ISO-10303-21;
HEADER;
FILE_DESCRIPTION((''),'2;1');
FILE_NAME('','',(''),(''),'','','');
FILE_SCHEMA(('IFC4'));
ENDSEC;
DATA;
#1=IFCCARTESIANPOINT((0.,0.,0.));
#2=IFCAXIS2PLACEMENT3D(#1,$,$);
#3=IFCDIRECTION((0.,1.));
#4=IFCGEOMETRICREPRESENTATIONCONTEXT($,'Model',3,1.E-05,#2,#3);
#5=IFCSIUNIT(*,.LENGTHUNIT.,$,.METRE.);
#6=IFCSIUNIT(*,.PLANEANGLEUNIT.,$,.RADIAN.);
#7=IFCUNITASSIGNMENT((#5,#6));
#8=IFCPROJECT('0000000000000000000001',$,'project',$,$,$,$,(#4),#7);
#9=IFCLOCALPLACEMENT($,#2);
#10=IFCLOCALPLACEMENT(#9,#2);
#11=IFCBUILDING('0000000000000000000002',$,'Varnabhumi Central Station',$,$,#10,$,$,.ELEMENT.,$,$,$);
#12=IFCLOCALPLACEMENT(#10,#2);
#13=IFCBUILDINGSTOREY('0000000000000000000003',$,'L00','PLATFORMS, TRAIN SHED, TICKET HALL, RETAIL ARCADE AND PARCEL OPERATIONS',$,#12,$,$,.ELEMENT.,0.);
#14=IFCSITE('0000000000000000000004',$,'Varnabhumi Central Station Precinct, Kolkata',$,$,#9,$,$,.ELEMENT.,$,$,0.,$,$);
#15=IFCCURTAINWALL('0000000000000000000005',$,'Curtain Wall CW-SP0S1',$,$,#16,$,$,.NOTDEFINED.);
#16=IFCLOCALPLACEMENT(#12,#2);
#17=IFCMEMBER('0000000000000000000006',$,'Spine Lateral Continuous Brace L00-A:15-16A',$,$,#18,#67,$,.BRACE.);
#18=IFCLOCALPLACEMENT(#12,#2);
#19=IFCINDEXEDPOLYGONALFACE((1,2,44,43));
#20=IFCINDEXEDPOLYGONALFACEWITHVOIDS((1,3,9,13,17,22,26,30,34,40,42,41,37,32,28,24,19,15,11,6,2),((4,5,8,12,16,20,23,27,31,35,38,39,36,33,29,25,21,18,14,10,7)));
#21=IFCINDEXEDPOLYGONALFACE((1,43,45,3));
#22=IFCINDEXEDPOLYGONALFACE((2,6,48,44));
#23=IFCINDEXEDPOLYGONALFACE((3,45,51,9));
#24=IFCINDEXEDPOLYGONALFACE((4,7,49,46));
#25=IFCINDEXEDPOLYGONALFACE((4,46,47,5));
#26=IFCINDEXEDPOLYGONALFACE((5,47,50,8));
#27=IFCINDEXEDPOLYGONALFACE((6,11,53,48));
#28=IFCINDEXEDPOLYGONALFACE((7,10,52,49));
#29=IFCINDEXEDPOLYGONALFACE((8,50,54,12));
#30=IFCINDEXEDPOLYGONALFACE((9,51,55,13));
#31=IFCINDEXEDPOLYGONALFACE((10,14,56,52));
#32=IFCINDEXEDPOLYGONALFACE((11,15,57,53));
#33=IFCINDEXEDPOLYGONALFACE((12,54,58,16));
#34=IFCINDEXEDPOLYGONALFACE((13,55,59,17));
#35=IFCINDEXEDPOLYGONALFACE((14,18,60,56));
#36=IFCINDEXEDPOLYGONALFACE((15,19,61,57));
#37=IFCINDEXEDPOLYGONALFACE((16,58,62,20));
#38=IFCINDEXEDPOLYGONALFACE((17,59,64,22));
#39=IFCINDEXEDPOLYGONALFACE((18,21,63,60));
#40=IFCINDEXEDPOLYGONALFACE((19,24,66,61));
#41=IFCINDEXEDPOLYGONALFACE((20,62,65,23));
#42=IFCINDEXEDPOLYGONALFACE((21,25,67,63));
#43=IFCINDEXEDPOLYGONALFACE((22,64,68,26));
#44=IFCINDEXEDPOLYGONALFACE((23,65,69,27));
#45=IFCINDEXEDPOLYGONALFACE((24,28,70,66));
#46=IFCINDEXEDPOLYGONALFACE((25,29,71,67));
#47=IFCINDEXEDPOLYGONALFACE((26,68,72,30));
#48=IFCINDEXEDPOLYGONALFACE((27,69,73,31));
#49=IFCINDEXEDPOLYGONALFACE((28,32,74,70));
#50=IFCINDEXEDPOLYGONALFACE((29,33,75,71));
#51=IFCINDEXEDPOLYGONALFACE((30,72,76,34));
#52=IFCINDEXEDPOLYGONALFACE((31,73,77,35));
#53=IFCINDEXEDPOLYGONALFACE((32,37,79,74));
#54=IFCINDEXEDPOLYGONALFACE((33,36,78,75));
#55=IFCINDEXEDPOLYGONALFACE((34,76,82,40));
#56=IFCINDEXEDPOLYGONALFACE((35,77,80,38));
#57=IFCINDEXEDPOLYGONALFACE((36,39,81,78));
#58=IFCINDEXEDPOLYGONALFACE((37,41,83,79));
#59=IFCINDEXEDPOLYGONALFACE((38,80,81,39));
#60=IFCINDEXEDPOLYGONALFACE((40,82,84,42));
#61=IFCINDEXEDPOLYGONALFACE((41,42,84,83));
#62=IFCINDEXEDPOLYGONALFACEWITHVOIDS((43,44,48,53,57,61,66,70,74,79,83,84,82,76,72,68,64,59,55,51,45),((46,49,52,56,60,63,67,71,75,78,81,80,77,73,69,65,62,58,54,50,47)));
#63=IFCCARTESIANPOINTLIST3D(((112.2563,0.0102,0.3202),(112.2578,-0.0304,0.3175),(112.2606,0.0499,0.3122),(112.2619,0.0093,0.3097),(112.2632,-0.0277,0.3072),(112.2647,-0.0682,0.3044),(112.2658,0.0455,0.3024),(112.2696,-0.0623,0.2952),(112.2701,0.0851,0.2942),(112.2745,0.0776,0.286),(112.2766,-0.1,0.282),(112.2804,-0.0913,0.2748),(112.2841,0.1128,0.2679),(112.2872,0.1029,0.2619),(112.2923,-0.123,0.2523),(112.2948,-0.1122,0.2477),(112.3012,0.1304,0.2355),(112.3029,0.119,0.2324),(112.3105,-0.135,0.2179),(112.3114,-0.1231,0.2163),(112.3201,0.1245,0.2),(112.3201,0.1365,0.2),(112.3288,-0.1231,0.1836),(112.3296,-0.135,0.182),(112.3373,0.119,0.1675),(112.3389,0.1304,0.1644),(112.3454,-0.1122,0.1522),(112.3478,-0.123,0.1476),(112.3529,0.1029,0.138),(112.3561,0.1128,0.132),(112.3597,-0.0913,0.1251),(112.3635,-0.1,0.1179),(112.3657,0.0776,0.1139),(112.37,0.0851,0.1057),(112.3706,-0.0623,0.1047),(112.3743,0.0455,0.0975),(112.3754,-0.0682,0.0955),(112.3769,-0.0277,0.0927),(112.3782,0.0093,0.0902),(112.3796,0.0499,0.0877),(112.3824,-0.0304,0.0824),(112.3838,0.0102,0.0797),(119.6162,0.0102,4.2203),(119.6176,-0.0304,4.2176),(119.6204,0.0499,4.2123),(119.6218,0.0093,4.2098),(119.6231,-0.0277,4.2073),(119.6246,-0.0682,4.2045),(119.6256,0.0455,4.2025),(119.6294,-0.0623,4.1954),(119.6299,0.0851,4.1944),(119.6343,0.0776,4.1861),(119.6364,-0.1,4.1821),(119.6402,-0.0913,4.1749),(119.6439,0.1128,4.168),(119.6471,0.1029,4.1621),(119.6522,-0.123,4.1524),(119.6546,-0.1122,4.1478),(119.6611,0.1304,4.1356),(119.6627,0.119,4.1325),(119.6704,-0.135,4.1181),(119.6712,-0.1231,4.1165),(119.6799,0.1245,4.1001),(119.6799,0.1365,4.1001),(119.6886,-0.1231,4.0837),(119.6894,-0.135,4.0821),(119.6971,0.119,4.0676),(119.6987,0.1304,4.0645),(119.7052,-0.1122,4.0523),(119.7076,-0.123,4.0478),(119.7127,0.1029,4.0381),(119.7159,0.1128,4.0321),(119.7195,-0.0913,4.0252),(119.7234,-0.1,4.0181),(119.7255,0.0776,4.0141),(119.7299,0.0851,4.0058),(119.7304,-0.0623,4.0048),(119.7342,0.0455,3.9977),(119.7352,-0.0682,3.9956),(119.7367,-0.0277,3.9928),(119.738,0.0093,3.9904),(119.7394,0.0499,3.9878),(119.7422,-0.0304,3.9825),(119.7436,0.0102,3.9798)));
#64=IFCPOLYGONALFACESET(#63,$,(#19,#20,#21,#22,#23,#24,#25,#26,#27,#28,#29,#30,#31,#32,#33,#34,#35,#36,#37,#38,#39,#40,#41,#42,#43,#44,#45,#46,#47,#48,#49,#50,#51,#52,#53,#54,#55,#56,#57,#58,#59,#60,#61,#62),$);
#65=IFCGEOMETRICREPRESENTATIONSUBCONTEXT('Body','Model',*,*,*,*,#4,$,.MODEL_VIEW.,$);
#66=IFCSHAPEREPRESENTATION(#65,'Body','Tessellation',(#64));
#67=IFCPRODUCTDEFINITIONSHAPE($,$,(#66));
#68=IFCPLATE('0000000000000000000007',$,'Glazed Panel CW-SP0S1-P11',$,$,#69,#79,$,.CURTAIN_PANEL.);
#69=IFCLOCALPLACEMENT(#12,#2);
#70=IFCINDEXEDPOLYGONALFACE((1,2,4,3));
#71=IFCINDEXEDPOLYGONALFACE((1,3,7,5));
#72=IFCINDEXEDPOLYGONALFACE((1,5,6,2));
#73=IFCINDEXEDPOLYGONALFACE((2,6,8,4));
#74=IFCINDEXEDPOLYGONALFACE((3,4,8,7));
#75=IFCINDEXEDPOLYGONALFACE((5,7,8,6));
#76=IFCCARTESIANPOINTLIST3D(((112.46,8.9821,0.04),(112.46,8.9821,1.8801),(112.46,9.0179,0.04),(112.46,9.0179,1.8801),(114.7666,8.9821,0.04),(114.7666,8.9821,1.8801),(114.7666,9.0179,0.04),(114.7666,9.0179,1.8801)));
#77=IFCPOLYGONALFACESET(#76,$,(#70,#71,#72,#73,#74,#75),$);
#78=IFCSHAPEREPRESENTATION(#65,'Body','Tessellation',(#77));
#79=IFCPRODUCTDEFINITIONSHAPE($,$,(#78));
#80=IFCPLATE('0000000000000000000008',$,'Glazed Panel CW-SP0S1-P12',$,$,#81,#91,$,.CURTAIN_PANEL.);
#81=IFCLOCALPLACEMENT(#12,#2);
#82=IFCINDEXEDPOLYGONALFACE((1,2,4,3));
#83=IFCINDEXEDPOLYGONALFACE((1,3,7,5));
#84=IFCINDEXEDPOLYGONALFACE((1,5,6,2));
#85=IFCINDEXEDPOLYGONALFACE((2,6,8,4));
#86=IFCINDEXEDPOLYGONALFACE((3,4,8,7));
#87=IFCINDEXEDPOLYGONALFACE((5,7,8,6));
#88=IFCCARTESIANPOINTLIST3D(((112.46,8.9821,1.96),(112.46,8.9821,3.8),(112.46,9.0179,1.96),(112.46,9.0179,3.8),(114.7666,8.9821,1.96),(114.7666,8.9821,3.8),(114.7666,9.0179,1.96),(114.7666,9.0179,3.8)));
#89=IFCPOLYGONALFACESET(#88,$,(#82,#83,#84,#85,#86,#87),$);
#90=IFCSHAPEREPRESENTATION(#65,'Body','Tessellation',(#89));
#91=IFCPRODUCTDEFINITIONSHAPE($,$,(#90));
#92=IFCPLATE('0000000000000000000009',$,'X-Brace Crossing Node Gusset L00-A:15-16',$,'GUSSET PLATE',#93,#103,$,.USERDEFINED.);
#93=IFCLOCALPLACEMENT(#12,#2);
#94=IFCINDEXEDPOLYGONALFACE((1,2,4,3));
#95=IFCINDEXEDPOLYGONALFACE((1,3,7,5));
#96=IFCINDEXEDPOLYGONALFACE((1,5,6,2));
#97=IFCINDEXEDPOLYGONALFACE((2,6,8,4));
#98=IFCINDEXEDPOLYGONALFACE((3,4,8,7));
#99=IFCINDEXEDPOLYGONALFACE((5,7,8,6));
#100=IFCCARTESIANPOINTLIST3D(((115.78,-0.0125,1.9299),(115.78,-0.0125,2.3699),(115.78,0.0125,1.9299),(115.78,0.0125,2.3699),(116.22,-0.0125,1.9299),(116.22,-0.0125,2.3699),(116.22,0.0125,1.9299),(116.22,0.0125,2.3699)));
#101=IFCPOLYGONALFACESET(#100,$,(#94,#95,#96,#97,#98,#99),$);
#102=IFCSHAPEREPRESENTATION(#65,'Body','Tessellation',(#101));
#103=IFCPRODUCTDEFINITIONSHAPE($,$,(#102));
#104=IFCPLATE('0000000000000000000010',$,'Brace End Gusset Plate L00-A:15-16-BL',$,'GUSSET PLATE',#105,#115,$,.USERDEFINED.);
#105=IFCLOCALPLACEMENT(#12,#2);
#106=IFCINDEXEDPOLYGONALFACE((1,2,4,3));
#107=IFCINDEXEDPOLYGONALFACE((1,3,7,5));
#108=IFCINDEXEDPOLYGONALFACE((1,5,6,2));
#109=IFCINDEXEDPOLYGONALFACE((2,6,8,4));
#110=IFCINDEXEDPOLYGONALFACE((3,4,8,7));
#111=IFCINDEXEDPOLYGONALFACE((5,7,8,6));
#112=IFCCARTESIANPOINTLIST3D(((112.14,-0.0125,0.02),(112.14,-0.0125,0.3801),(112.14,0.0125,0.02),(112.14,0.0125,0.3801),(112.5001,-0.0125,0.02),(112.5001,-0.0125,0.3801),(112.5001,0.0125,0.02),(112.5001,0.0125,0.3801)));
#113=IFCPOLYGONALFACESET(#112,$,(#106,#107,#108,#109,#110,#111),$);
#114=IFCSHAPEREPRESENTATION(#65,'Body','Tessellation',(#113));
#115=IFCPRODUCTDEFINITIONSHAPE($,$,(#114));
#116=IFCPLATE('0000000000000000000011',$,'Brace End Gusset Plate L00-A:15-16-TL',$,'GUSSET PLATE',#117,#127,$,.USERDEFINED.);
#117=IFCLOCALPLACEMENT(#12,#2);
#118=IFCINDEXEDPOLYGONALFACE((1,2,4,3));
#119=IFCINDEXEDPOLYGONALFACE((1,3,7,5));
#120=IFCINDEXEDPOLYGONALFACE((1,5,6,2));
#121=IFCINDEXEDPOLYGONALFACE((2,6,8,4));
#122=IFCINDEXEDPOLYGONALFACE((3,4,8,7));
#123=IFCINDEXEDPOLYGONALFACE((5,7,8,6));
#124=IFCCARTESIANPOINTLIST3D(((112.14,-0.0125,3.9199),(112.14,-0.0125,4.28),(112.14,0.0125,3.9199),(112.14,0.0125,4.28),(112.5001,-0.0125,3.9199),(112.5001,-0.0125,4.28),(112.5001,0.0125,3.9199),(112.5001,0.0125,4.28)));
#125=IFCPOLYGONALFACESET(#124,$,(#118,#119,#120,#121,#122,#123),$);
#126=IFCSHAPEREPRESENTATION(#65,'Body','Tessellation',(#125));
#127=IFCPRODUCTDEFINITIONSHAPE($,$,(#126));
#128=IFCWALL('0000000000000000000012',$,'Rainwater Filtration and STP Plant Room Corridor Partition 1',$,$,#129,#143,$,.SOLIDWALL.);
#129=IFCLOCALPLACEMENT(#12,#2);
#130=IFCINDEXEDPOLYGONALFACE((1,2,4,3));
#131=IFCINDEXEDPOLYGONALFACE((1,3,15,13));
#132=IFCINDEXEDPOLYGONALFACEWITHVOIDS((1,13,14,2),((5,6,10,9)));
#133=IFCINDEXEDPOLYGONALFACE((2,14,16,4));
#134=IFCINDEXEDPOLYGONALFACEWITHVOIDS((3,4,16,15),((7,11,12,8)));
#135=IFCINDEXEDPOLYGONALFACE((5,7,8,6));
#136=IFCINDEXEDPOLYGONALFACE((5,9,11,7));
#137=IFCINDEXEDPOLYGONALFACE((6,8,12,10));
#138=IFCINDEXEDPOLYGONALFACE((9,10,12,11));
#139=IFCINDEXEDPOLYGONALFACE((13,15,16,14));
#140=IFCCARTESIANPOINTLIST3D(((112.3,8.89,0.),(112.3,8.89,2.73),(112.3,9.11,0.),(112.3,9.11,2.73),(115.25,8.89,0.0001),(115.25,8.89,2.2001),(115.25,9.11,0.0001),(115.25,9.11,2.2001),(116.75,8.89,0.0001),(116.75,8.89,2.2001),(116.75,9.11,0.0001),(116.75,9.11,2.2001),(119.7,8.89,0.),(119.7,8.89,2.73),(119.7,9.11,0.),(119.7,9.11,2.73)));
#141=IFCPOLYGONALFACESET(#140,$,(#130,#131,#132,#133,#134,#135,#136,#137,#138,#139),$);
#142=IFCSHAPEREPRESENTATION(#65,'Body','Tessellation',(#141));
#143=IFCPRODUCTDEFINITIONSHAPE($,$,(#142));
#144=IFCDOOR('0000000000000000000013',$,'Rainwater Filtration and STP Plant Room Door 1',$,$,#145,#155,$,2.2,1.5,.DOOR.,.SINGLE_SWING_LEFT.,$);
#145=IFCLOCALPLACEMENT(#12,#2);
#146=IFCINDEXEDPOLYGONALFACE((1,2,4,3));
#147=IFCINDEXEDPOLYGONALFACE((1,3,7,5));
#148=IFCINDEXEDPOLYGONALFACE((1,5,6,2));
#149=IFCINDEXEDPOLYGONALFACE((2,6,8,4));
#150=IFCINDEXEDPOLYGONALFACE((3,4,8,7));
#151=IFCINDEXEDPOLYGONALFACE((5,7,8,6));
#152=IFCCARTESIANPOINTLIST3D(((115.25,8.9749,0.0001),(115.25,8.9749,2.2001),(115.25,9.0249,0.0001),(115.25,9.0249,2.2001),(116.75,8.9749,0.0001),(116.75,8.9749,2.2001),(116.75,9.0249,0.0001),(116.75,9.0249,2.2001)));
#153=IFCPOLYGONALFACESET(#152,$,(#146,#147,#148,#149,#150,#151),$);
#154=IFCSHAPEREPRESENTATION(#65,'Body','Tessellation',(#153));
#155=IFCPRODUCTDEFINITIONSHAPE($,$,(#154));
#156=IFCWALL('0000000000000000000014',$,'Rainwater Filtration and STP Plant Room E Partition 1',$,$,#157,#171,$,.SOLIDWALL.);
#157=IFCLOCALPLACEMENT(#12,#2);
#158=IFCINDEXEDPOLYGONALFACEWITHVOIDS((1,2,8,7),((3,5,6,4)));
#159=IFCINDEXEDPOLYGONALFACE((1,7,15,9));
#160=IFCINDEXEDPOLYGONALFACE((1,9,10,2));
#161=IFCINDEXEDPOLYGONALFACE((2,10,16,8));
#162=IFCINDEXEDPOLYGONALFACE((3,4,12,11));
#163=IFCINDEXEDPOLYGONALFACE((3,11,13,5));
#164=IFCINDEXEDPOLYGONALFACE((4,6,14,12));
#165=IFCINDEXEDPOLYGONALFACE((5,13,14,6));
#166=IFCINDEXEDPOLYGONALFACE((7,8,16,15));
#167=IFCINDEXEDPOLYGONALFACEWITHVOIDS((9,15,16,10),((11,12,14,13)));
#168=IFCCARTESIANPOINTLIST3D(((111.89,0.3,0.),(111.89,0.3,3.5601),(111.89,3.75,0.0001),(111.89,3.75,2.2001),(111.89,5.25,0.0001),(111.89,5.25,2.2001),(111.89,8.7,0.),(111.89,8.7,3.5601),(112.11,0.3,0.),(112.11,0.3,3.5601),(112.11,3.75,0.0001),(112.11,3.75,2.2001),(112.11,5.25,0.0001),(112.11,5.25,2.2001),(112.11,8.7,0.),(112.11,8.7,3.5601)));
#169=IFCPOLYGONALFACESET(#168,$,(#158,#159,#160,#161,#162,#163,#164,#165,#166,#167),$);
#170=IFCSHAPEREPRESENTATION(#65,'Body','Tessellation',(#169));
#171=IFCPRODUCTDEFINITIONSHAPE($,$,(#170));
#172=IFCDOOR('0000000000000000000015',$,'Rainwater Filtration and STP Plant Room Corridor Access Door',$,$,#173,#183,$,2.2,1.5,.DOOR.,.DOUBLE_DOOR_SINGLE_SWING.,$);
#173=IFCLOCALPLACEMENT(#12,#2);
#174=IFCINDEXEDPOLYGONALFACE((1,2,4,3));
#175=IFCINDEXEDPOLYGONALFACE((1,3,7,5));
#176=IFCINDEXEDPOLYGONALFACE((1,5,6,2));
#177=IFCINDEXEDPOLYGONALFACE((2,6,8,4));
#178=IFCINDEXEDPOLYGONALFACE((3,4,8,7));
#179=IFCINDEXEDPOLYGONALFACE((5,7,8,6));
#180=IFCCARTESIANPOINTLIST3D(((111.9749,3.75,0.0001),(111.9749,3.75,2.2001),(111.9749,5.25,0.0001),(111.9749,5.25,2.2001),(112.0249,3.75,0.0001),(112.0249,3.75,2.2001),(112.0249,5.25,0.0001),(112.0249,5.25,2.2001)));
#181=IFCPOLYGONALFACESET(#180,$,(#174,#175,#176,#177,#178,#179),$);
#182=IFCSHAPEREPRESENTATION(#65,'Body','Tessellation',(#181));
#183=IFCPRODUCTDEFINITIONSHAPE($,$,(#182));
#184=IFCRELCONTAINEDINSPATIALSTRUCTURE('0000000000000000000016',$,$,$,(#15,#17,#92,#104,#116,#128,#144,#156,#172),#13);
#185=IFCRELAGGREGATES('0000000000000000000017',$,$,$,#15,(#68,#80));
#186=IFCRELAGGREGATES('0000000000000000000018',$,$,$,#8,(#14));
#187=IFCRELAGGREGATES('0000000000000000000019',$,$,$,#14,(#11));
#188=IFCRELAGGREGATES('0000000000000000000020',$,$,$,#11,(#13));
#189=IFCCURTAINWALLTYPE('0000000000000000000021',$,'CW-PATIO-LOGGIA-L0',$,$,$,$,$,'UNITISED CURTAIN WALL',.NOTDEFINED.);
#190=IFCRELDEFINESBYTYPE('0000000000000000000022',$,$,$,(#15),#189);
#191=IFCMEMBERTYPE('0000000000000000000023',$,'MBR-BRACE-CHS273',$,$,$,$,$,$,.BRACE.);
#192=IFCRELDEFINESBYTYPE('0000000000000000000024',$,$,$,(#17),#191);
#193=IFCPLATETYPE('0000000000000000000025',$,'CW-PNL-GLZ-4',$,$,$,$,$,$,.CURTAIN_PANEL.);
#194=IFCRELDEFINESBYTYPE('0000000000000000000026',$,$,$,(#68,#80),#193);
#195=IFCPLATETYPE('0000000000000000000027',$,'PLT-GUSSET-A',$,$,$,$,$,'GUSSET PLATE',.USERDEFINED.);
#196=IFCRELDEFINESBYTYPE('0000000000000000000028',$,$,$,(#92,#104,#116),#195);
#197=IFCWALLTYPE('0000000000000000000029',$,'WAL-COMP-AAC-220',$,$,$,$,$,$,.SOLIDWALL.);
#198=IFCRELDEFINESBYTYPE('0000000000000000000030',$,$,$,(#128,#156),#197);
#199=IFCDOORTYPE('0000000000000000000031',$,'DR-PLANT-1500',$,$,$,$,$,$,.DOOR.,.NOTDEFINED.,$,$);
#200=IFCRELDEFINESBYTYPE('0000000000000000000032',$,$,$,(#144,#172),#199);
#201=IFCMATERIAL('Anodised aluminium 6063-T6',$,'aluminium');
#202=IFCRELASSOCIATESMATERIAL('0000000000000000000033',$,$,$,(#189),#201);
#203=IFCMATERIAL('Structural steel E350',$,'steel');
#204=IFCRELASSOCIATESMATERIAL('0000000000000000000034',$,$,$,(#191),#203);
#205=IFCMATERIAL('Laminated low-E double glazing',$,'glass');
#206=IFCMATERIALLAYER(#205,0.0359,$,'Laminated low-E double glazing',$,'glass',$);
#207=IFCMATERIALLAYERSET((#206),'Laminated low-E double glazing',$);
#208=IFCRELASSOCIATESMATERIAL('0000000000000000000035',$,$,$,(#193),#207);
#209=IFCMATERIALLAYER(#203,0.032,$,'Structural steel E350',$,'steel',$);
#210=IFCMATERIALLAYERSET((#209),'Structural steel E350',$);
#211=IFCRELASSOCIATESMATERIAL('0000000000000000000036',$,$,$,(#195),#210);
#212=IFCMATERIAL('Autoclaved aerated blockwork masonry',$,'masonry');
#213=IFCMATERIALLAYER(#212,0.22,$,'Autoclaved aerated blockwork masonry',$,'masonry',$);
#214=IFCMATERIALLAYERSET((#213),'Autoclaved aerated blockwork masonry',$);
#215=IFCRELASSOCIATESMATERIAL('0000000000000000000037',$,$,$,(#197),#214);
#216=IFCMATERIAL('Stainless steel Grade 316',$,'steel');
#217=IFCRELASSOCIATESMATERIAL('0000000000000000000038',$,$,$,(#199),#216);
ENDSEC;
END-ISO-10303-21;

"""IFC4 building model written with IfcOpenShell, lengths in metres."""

from ifc_helpers import new_model, si_unit, direction, frame, frame_2d, origin, origin_2d, place, context, subcontext, project, spatial, rectangle, hollow_circle, extrude, material, layer, layer_set, material_profile, profile_set, type_object, element, fill, aggregate, save


model = new_model("IFC4")

# Units and contexts
model_context = context("Model", 3, precision=1e-05, world=origin(), true_north=direction((0.0, 1.0)))
body_context = subcontext(model_context, "Body", "Model", "MODEL_VIEW")
ifc_project = project(units=[si_unit("LENGTHUNIT", "METRE"), si_unit("PLANEANGLEUNIT", "RADIAN")], contexts=[model_context])

# Site, building, storey
site_placement = place(None, origin())
site = spatial("IfcSite", under=ifc_project, at=site_placement, Name="Varnabhumi Central Station Precinct, Kolkata", CompositionType="ELEMENT", RefElevation=0.0)
building_placement = place(site_placement, origin())
building = spatial("IfcBuilding", under=site, at=building_placement, Name="Varnabhumi Central Station", CompositionType="ELEMENT")
storey_placement = place(building_placement, origin())
storey = spatial("IfcBuildingStorey", under=building, at=storey_placement, Name="L00", Description="PLATFORMS, TRAIN SHED, TICKET HALL, RETAIL ARCADE AND PARCEL OPERATIONS", CompositionType="ELEMENT", Elevation=0.0)

# Curtain wall
ifc_material_1 = material(Name="Anodised aluminium 6063-T6", Category="aluminium")
curtain_wall_type = type_object("IfcCurtainWallType", Name="CW-PATIO-LOGGIA-L0", ElementType="UNITISED CURTAIN WALL", PredefinedType="NOTDEFINED", material=ifc_material_1)
curtain_wall_placement = place(storey_placement, origin())
curtain_wall = element("IfcCurtainWall", 1, at=curtain_wall_placement, inside=storey, type_object=curtain_wall_type, Name="Curtain Wall CW-SP0S1", PredefinedType="NOTDEFINED")

# Member
ifc_material_2 = material(Name="Structural steel E350", Category="steel")
ifc_material_profile_1 = material_profile(ifc_material_2, hollow_circle(Radius=0.1365, WallThickness=0.012, at=origin_2d()), Name="Structural steel E350", Category="steel")
ifc_profile_set_1 = profile_set([ifc_material_profile_1], Name="Structural steel E350")
member_type_1 = type_object("IfcMemberType", Name="MBR-BRACE-CHS273", PredefinedType="BRACE", material=ifc_profile_set_1)
member_1_placement = place(storey_placement, frame((112.3201, 0.0, 0.2), z_axis=(0.883602, 0.0, 0.468239), x_axis=(0.0, 1.0, 0.0)))
element("IfcMember", 2, at=member_1_placement, inside=storey, type_object=member_type_1, Name="Spine Lateral Continuous Brace L00-A:15-16A", PredefinedType="BRACE", context=body_context, shape_type="SweptSolid", body=[
    extrude(hollow_circle(Radius=0.1365, WallThickness=0.012, at=origin_2d()), origin(), (0.0, 0.0, 1.0), 8.3293),
])

# Plates
ifc_material_3 = material(Name="Laminated low-E double glazing", Category="glass")
ifc_layer_1 = layer(ifc_material_3, 0.0359, Name="Laminated low-E double glazing", Category="glass")
ifc_layer_set_1 = layer_set([ifc_layer_1], Name="Laminated low-E double glazing")
plate_type_1 = type_object("IfcPlateType", Name="CW-PNL-GLZ-4", PredefinedType="CURTAIN_PANEL", material=ifc_layer_set_1)
plate_1_placement = place(storey_placement, frame((113.6133, 9.0, 0.04), z_axis=(0.0, 0.0, 1.0), x_axis=(1.0, 0.0, 0.0)))
plate_1 = element("IfcPlate", 3, at=plate_1_placement, type_object=plate_type_1, Name="Glazed Panel CW-SP0S1-P11", PredefinedType="CURTAIN_PANEL", context=body_context, shape_type="SweptSolid", body=[
    extrude(rectangle(XDim=2.3066, YDim=0.0359, at=origin_2d()), origin(), (0.0, 0.0, 1.0), 1.8401),
])
plate_2_placement = place(storey_placement, frame((113.6133, 9.0, 1.96), z_axis=(0.0, 0.0, 1.0), x_axis=(1.0, 0.0, 0.0)))
plate_2 = element("IfcPlate", 4, at=plate_2_placement, type_object=plate_type_1, Name="Glazed Panel CW-SP0S1-P12", PredefinedType="CURTAIN_PANEL", context=body_context, shape_type="SweptSolid", body=[
    extrude(rectangle(XDim=2.3066, YDim=0.0359, at=origin_2d()), origin(), (0.0, 0.0, 1.0), 1.8401),
])
aggregate(curtain_wall, [plate_1, plate_2])

# Plates
ifc_layer_2 = layer(ifc_material_2, 0.032, Name="Structural steel E350", Category="steel")
ifc_layer_set_2 = layer_set([ifc_layer_2], Name="Structural steel E350")
plate_type_2 = type_object("IfcPlateType", Name="PLT-GUSSET-A", ElementType="GUSSET PLATE", PredefinedType="USERDEFINED", material=ifc_layer_set_2)
plate_3_placement = place(storey_placement, frame((116.0, 0.0, 1.9299), z_axis=(0.0, 0.0, 1.0), x_axis=(1.0, 0.0, 0.0)))
element("IfcPlate", 5, at=plate_3_placement, inside=storey, type_object=plate_type_2, Name="X-Brace Crossing Node Gusset L00-A:15-16", ObjectType="GUSSET PLATE", PredefinedType="USERDEFINED", context=body_context, shape_type="SweptSolid", body=[
    extrude(rectangle(XDim=0.4399, YDim=0.0249, at=origin_2d()), origin(), (0.0, 0.0, 1.0), 0.4399),
])
for number, where, z_axis, x_axis, name in (
    (6, (112.3201, 0.0, 0.02), (0.0, 0.0, 1.0), (1.0, 0.0, 0.0), "Brace End Gusset Plate L00-A:15-16-BL"),
    (7, (112.3201, 0.0, 3.9199), (0.0, 0.0, 1.0), (1.0, 0.0, 0.0), "Brace End Gusset Plate L00-A:15-16-TL"),
):
    element("IfcPlate", number, at=place(storey_placement, frame(where, z_axis=z_axis, x_axis=x_axis)), inside=storey, type_object=plate_type_2, Name=name, ObjectType="GUSSET PLATE", PredefinedType="USERDEFINED", context=body_context, shape_type="SweptSolid", body=[
        extrude(rectangle(XDim=0.3601, YDim=0.0249, at=origin_2d()), origin(), (0.0, 0.0, 1.0), 0.3601),
    ])

# Walls, openings, doors
ifc_material_4 = material(Name="Autoclaved aerated blockwork masonry", Category="masonry")
ifc_layer_3 = layer(ifc_material_4, 0.22, Name="Autoclaved aerated blockwork masonry", Category="masonry")
ifc_layer_set_3 = layer_set([ifc_layer_3], Name="Autoclaved aerated blockwork masonry")
wall_type_1 = type_object("IfcWallType", Name="WAL-COMP-AAC-220", PredefinedType="SOLIDWALL", material=ifc_layer_set_3)
wall_1_placement = place(storey_placement, frame((112.3, 9.0, 0.0), z_axis=(0.0, 0.0, 1.0), x_axis=(1.0, 0.0, 0.0)))
wall_1 = element("IfcWall", 8, at=wall_1_placement, inside=storey, type_object=wall_type_1, Name="Rainwater Filtration and STP Plant Room Corridor Partition 1", PredefinedType="SOLIDWALL", context=body_context, shape_type="SweptSolid", body=[
    extrude(rectangle(XDim=7.3999, YDim=0.22, at=frame_2d((3.7, 0.0))), origin(), (0.0, 0.0, 1.0), 2.73),
])
opening_1_placement = place(wall_1_placement, frame((2.95, 0.0, 0.0)))
opening_1 = element("IfcOpeningElement", 9, at=opening_1_placement, cuts=wall_1, PredefinedType="OPENING", context=body_context, shape_type="SweptSolid", body=[
    extrude(rectangle(XDim=1.5, YDim=2.2, at=frame_2d((0.75, 1.1001))), frame((0.0, 0.1199, 0.0), z_axis=(0.0, -1.0, 0.0), x_axis=(1.0, 0.0, 0.0)), (0.0, 0.0, 1.0), 0.24),
])
ifc_material_5 = material(Name="Stainless steel Grade 316", Category="steel")
door_type = type_object("IfcDoorType", Name="DR-PLANT-1500", OperationType="NOTDEFINED", PredefinedType="DOOR", material=ifc_material_5)
door_1_placement = place(opening_1_placement, origin())
door_1 = element("IfcDoor", 10, at=door_1_placement, inside=storey, type_object=door_type, Name="Rainwater Filtration and STP Plant Room Door 1", OperationType="SINGLE_SWING_LEFT", OverallHeight=2.2, OverallWidth=1.5, PredefinedType="DOOR", context=body_context, shape_type="SweptSolid", body=[
    extrude(rectangle(XDim=1.5, YDim=2.2, at=frame_2d((0.75, 1.1001))), frame((0.0, 0.0249, 0.0), z_axis=(0.0, -1.0, 0.0), x_axis=(1.0, 0.0, 0.0)), (0.0, 0.0, 1.0), 0.05),
])
fill(opening_1, door_1)
wall_2_placement = place(storey_placement, frame((112.0, 0.3, 0.0), z_axis=(0.0, 0.0, 1.0), x_axis=(0.0, 1.0, 0.0)))
wall_2 = element("IfcWall", 11, at=wall_2_placement, inside=storey, type_object=wall_type_1, Name="Rainwater Filtration and STP Plant Room E Partition 1", PredefinedType="SOLIDWALL", context=body_context, shape_type="SweptSolid", body=[
    extrude(rectangle(XDim=8.3999, YDim=0.22, at=frame_2d((4.2, 0.0))), origin(), (0.0, 0.0, 1.0), 3.5601),
])
opening_2_placement = place(wall_2_placement, frame((3.45, 0.0, 0.0)))
opening_2 = element("IfcOpeningElement", 12, at=opening_2_placement, cuts=wall_2, PredefinedType="OPENING", context=body_context, shape_type="SweptSolid", body=[
    extrude(rectangle(XDim=1.5, YDim=2.2, at=frame_2d((0.75, 1.1001))), frame((0.0, 0.1199, 0.0), z_axis=(0.0, -1.0, 0.0), x_axis=(1.0, 0.0, 0.0)), (0.0, 0.0, 1.0), 0.24),
])
door_2_placement = place(opening_2_placement, frame((1.5, 0.0, 0.0), z_axis=(0.0, 0.0, 1.0), x_axis=(-1.0, 0.0, 0.0)))
door_2 = element("IfcDoor", 13, at=door_2_placement, inside=storey, type_object=door_type, Name="Rainwater Filtration and STP Plant Room Corridor Access Door", OperationType="DOUBLE_DOOR_SINGLE_SWING", OverallHeight=2.2, OverallWidth=1.5, PredefinedType="DOOR", context=body_context, shape_type="SweptSolid", body=[
    extrude(rectangle(XDim=1.5, YDim=2.2, at=frame_2d((0.75, 1.1001))), frame((0.0, 0.0249, 0.0), z_axis=(0.0, -1.0, 0.0), x_axis=(1.0, 0.0, 0.0)), (0.0, 0.0, 1.0), 0.05),
])
fill(opening_2, door_2)

save(model, "model.ifc")
